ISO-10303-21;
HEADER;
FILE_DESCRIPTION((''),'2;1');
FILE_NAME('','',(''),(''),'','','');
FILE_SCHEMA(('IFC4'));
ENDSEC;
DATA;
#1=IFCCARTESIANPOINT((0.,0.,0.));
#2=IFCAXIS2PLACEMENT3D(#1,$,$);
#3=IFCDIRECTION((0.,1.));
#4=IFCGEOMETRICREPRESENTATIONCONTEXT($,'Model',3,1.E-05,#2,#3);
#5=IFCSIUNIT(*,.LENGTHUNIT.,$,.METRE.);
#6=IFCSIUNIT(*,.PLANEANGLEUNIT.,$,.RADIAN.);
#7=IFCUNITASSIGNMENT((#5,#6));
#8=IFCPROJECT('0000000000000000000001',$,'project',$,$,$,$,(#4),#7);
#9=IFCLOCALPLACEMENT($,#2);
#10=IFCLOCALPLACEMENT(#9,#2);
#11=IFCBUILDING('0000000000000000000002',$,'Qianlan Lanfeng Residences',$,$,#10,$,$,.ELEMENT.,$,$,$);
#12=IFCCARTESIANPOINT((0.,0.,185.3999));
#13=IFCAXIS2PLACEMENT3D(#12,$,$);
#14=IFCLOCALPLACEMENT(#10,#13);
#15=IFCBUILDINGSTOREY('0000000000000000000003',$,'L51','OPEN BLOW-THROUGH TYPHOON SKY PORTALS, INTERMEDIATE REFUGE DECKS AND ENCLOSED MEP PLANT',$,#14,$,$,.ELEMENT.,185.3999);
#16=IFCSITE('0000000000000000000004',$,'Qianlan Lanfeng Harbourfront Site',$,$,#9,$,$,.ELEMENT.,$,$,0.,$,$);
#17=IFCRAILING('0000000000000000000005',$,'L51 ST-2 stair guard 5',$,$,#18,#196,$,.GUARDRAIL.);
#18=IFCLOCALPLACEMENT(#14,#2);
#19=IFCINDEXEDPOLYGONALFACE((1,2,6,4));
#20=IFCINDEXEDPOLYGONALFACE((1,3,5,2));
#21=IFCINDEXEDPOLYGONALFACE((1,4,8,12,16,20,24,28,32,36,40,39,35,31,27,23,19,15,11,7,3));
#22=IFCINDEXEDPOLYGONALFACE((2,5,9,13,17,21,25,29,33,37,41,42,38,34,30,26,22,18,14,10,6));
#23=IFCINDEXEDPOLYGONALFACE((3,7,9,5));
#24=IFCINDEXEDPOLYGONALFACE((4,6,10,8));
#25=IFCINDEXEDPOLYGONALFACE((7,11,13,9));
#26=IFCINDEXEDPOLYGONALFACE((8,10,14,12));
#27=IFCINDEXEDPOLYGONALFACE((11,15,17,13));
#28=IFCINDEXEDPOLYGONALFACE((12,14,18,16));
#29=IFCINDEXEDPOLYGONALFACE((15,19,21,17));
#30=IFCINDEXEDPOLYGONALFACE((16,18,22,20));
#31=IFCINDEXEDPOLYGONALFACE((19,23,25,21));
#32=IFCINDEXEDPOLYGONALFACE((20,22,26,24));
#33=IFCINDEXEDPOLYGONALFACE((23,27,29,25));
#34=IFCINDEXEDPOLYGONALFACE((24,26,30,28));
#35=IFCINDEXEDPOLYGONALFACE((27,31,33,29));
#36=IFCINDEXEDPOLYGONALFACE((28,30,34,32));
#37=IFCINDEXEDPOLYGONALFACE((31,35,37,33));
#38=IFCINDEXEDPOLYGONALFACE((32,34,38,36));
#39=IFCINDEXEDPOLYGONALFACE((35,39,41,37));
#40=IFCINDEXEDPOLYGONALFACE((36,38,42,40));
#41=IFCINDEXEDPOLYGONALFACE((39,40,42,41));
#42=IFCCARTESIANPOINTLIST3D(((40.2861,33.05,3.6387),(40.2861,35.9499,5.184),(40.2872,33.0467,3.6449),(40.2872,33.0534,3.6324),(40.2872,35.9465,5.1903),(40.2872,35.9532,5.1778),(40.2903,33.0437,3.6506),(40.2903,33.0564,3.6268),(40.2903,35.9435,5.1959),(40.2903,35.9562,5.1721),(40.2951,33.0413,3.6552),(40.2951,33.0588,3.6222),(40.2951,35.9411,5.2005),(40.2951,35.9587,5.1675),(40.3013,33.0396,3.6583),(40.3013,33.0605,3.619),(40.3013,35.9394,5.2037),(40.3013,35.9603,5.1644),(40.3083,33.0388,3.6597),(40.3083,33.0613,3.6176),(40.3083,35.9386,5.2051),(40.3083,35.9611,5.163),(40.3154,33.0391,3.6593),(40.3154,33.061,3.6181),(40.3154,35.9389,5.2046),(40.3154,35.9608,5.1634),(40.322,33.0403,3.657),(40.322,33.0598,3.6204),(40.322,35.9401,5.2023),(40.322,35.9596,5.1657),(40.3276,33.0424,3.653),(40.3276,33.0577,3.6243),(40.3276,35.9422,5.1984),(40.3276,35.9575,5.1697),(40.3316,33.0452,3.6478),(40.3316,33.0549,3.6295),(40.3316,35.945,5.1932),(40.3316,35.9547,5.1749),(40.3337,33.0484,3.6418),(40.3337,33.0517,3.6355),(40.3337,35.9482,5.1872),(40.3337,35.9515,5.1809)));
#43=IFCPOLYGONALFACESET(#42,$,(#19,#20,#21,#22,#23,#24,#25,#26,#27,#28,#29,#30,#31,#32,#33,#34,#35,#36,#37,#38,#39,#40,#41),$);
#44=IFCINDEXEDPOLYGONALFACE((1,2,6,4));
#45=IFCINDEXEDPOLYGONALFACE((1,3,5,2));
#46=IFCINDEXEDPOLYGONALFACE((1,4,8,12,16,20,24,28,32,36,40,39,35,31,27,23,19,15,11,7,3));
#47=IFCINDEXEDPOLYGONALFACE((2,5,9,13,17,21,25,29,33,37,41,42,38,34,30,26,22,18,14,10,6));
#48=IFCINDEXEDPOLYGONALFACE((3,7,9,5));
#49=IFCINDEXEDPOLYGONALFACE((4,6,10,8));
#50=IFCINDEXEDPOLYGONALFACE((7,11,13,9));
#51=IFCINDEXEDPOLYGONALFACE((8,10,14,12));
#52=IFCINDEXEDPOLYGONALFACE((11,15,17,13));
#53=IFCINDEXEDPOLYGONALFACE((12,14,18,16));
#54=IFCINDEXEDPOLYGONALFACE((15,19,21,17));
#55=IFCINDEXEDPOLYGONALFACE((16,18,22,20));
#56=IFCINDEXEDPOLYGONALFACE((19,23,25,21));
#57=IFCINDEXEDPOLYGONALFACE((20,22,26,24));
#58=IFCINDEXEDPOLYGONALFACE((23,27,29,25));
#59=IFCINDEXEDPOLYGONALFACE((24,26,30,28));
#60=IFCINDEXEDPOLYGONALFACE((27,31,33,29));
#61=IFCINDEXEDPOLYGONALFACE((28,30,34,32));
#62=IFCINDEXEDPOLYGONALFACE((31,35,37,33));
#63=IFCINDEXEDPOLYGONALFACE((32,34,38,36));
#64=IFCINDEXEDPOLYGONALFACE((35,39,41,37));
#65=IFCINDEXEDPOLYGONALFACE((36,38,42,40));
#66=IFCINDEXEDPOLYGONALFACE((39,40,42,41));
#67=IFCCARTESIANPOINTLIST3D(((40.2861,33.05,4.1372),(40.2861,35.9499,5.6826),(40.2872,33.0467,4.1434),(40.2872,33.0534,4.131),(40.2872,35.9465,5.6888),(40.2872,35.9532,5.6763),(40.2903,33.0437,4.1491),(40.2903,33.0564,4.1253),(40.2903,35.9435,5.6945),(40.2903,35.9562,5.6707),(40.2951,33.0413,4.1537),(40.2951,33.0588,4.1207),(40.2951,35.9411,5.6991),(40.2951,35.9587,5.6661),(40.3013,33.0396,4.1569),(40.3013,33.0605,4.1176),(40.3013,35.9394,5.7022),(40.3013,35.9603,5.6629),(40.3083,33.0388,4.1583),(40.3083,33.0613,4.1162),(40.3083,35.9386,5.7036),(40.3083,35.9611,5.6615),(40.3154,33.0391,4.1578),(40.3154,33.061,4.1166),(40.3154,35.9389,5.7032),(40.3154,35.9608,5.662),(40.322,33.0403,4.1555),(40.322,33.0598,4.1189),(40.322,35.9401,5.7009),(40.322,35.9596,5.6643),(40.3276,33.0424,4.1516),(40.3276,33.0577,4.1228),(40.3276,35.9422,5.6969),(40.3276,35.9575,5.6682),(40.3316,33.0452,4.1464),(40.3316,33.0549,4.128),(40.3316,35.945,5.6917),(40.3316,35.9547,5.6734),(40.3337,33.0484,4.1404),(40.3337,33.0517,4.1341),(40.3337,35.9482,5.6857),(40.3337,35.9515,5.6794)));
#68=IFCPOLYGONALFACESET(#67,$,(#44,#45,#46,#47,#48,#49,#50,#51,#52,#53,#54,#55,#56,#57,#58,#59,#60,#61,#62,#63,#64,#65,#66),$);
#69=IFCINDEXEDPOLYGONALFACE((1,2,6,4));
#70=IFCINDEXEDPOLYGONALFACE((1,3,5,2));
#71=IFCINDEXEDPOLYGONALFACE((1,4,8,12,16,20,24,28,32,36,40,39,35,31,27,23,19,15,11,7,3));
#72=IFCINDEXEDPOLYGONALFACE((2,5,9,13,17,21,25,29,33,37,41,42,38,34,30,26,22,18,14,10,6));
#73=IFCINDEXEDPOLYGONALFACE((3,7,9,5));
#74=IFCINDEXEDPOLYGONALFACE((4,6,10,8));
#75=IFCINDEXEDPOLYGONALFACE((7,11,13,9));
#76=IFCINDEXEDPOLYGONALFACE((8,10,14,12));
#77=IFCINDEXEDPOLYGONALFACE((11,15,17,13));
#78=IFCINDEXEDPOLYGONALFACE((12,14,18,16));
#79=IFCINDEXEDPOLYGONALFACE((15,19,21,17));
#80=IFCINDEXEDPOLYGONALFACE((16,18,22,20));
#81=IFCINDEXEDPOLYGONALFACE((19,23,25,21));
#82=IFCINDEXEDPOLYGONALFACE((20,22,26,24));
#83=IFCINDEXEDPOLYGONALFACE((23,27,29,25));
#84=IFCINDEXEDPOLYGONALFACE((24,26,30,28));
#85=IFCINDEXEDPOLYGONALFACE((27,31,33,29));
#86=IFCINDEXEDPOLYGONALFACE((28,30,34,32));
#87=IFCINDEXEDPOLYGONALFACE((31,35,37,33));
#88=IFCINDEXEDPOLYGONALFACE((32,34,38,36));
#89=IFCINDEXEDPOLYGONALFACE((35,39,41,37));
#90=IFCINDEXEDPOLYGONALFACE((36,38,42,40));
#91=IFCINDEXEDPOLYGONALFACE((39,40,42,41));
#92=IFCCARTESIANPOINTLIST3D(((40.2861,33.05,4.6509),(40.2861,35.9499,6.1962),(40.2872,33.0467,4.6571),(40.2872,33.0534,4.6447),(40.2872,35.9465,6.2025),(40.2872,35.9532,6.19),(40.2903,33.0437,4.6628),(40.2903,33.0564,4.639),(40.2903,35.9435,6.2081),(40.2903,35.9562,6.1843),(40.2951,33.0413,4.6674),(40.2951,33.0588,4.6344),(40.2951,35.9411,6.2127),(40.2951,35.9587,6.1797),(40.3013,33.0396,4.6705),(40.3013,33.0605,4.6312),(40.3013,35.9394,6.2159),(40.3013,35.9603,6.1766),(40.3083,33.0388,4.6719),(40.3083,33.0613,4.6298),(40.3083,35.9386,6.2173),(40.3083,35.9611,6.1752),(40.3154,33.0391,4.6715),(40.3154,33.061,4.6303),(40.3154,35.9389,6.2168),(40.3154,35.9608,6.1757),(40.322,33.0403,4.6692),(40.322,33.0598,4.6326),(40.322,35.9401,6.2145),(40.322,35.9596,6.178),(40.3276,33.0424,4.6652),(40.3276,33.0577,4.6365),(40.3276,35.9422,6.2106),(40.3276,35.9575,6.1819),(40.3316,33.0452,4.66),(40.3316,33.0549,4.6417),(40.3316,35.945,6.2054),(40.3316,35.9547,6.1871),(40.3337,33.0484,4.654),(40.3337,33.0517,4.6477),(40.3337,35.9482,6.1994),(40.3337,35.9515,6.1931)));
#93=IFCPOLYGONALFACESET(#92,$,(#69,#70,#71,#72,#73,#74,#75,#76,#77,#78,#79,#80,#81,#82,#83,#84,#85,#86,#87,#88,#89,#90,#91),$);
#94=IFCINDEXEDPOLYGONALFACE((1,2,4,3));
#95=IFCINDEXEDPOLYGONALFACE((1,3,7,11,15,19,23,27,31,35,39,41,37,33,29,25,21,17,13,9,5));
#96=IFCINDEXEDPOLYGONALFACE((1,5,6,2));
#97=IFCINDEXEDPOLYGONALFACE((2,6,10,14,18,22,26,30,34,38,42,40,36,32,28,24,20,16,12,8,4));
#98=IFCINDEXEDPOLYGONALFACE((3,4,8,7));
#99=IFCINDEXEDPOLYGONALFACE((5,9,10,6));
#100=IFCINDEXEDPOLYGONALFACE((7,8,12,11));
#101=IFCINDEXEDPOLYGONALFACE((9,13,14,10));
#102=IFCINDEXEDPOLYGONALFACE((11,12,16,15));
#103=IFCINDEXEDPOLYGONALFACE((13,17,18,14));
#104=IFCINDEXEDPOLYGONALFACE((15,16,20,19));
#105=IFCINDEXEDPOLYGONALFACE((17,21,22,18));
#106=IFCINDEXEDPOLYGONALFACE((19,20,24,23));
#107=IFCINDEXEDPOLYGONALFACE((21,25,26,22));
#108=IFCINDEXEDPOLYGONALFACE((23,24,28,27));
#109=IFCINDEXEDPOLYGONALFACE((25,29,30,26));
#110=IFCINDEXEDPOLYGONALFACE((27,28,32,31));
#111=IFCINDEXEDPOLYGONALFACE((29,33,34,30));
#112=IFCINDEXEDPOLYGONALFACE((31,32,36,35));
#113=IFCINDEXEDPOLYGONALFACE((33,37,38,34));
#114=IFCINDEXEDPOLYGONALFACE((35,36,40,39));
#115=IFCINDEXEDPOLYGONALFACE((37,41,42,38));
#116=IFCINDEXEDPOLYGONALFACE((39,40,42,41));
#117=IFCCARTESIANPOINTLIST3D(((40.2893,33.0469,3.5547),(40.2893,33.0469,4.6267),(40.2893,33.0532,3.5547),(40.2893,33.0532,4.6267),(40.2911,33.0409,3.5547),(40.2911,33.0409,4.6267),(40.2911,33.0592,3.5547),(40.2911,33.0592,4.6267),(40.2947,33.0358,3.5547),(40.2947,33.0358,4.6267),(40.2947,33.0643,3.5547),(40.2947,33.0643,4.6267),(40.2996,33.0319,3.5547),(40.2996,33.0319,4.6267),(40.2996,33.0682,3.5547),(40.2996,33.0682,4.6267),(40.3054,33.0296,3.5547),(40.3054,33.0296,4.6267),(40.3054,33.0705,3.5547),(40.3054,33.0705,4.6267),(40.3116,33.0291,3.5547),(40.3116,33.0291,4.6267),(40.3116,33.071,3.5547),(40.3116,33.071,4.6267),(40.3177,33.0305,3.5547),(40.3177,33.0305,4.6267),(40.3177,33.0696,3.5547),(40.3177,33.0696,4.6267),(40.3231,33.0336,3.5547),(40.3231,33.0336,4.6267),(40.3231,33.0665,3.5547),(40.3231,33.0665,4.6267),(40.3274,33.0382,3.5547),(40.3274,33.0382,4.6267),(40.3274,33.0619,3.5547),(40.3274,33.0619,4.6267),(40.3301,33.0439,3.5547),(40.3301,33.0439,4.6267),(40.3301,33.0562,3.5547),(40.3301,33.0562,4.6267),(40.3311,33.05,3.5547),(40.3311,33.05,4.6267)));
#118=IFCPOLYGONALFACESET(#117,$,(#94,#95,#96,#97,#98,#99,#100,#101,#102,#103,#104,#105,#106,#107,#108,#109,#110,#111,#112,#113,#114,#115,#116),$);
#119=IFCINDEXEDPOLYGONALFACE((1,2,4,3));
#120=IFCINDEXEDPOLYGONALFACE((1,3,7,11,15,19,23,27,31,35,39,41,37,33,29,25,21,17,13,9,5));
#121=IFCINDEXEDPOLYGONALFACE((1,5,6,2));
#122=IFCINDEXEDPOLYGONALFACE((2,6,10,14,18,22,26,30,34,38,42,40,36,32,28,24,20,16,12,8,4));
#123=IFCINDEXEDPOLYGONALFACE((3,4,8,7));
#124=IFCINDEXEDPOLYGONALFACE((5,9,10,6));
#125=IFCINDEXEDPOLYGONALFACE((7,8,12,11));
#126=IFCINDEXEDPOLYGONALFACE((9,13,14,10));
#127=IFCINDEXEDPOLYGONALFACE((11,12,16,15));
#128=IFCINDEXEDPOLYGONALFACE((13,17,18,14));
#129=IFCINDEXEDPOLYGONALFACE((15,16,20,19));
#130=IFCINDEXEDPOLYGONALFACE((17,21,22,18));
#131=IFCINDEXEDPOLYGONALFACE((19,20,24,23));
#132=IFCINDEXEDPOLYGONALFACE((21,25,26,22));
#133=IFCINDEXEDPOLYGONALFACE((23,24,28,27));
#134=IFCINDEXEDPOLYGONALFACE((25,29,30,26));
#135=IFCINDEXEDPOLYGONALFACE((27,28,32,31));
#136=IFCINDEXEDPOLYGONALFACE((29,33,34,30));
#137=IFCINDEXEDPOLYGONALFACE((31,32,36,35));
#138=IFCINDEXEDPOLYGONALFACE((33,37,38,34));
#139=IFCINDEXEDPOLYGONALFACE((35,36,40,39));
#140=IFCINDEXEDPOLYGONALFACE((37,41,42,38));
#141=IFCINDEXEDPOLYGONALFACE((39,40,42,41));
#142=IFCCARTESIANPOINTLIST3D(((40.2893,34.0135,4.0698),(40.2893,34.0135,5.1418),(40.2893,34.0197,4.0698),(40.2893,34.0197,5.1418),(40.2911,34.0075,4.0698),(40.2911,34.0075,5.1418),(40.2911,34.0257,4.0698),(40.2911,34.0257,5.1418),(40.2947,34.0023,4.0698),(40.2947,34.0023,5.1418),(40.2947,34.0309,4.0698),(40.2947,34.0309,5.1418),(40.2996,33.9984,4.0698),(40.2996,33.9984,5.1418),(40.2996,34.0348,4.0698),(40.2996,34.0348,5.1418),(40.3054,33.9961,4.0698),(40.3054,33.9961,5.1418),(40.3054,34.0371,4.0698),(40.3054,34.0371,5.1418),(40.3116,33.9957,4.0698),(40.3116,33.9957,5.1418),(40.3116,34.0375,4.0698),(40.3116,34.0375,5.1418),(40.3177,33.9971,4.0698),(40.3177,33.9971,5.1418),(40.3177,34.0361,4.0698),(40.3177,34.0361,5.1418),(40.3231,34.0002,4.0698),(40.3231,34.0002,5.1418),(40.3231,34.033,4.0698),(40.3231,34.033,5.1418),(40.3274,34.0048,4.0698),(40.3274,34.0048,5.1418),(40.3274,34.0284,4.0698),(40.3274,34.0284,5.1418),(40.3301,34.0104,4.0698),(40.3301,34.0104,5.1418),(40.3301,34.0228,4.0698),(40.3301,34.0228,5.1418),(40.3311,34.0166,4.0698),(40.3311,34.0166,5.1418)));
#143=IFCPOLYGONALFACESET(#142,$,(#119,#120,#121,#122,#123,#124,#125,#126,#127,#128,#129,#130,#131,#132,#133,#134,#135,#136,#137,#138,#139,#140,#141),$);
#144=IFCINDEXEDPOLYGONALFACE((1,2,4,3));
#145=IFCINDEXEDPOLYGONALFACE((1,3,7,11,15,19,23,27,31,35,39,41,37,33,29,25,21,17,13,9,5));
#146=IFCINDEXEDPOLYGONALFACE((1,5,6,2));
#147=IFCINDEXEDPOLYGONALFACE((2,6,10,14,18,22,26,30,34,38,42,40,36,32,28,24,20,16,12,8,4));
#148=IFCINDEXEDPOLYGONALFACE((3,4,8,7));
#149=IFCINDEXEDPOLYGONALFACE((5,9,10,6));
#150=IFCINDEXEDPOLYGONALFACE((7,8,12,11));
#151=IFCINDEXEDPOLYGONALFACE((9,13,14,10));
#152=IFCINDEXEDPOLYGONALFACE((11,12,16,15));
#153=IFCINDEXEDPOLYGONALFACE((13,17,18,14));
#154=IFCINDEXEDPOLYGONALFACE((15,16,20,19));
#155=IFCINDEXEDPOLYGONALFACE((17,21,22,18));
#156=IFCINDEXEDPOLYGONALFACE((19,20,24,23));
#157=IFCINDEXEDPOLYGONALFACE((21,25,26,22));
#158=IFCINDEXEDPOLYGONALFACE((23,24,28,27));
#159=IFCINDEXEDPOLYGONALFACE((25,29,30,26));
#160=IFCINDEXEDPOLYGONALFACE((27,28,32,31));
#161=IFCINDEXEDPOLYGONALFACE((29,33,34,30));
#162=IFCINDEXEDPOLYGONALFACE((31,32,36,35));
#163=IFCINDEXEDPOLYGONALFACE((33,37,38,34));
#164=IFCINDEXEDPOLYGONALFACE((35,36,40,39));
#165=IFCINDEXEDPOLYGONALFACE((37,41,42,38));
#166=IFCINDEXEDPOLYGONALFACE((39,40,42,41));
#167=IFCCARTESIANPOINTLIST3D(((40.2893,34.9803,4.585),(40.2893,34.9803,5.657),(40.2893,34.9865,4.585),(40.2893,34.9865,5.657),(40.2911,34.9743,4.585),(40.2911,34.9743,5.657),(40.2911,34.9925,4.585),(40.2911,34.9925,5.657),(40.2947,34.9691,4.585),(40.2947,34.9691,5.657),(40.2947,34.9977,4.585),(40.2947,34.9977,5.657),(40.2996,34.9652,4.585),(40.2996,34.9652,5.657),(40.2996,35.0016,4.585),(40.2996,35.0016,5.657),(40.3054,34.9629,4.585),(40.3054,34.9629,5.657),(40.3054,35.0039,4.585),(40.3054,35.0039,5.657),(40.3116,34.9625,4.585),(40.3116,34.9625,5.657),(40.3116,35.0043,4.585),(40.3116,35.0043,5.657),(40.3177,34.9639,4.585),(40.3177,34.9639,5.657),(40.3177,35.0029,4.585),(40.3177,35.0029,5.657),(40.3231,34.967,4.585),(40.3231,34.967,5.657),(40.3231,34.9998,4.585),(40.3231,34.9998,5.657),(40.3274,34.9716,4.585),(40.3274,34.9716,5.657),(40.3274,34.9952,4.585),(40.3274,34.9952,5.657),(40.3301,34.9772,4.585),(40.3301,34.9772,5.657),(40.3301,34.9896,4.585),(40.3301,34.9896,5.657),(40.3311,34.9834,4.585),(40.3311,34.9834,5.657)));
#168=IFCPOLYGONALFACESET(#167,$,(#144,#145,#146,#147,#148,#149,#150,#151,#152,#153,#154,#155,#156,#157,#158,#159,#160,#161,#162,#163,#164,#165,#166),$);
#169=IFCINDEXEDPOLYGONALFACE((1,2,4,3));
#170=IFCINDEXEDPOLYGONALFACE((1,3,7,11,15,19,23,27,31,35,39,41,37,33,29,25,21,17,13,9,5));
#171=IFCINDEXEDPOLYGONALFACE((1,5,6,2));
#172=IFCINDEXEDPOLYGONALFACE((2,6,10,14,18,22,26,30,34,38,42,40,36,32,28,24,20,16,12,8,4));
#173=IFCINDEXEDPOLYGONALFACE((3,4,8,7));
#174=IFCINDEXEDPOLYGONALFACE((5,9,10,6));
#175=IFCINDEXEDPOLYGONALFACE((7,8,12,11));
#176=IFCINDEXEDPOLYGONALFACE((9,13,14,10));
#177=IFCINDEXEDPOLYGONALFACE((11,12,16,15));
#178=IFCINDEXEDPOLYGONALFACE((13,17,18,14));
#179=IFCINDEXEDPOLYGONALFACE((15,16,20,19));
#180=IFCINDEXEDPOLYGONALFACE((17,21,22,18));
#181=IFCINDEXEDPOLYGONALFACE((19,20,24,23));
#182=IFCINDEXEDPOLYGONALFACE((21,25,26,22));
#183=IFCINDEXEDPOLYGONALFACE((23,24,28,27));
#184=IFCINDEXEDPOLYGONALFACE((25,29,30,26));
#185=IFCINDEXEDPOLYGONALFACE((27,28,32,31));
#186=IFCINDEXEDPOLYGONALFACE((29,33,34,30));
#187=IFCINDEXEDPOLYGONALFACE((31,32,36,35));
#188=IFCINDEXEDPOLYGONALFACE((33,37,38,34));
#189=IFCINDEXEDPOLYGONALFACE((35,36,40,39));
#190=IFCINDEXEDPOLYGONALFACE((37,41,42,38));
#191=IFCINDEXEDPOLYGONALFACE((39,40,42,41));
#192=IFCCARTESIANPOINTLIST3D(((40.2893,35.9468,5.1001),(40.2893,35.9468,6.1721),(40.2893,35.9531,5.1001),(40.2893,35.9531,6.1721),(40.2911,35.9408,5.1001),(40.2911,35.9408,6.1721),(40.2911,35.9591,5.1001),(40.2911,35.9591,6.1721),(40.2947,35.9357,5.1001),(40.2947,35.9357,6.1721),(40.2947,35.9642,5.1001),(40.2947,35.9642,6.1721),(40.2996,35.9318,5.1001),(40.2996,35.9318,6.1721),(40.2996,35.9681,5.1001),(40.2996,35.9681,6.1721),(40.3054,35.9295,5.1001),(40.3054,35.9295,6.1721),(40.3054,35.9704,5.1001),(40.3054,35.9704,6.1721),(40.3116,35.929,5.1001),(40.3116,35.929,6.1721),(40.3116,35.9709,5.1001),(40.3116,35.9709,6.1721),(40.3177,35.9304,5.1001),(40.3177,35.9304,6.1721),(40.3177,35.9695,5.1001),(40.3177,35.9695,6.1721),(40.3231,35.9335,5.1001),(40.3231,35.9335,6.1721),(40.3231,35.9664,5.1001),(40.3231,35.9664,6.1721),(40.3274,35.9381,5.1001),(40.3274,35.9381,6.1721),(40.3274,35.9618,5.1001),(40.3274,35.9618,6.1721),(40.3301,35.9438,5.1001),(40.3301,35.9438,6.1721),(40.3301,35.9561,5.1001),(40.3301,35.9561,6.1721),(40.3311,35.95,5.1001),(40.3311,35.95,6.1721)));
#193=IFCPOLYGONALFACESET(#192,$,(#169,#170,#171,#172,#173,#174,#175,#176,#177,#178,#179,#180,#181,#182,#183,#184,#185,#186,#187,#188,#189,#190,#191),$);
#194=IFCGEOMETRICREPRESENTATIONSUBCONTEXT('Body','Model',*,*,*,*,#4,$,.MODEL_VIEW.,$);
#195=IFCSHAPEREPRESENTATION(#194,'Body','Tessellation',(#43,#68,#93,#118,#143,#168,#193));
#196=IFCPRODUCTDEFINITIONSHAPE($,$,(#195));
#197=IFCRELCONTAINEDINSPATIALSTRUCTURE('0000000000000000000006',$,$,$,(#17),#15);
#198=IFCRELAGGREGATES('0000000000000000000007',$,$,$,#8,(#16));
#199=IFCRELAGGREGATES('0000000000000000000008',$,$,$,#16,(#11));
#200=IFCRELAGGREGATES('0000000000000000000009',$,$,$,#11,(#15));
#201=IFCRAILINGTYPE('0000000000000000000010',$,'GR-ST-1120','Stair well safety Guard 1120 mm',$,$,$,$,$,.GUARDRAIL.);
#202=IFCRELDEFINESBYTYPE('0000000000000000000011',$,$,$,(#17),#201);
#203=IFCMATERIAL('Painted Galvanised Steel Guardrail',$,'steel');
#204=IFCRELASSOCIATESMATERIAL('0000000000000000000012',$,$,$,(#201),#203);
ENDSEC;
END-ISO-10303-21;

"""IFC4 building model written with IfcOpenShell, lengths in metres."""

from ifc_helpers import new_model, si_unit, direction, frame, origin, origin_2d, place, context, subcontext, project, spatial, circle, extrude, material, type_object, element, save


model = new_model("IFC4")

# Units and contexts
model_context = context("Model", 3, precision=1e-05, world=origin(), true_north=direction((0.0, 1.0)))
body_context = subcontext(model_context, "Body", "Model", "MODEL_VIEW")
ifc_project = project(units=[si_unit("LENGTHUNIT", "METRE"), si_unit("PLANEANGLEUNIT", "RADIAN")], contexts=[model_context])

# Site, building, storey
site_placement = place(None, origin())
site = spatial("IfcSite", under=ifc_project, at=site_placement, Name="Qianlan Lanfeng Harbourfront Site", CompositionType="ELEMENT", RefElevation=0.0)
building_placement = place(site_placement, origin())
building = spatial("IfcBuilding", under=site, at=building_placement, Name="Qianlan Lanfeng Residences", CompositionType="ELEMENT")
storey_placement = place(building_placement, frame((0.0, 0.0, 185.3999)))
storey = spatial("IfcBuildingStorey", under=building, at=storey_placement, Name="L51", Description="OPEN BLOW-THROUGH TYPHOON SKY PORTALS, INTERMEDIATE REFUGE DECKS AND ENCLOSED MEP PLANT", CompositionType="ELEMENT", Elevation=185.3999)

# Railing
ifc_material_1 = material(Name="Painted Galvanised Steel Guardrail", Category="steel")
railing_type_1 = type_object("IfcRailingType", Name="GR-ST-1120", Description="Stair well safety Guard 1120 mm", PredefinedType="GUARDRAIL", material=ifc_material_1)
railing_1_placement = place(storey_placement, frame((40.3101, 33.05, 3.5547)))
element("IfcRailing", 1, at=railing_1_placement, inside=storey, type_object=railing_type_1, Name="L51 ST-2 stair guard 5", PredefinedType="GUARDRAIL", context=body_context, shape_type="SweptSolid", body=[
    extrude(circle(Radius=0.0239, at=origin_2d()), frame((0.0, 0.0, 0.084), z_axis=(0.0, 0.882505, 0.470303), x_axis=(-1.0, 0.0, 0.0)), (0.0, 0.0, 1.0), 3.2859),
    extrude(circle(Radius=0.0239, at=origin_2d()), frame((0.0, 0.0, 0.5825), z_axis=(0.0, 0.882505, 0.470303), x_axis=(-1.0, 0.0, 0.0)), (0.0, 0.0, 1.0), 3.2859),
    extrude(circle(Radius=0.0239, at=origin_2d()), frame((0.0, 0.0, 1.0962), z_axis=(0.0, 0.882505, 0.470303), x_axis=(-1.0, 0.0, 0.0)), (0.0, 0.0, 1.0), 3.2859),
    extrude(circle(Radius=0.021, at=origin_2d()), origin(), (0.0, 0.0, 1.0), 1.072),
    extrude(circle(Radius=0.021, at=origin_2d()), frame((0.0, 0.9666, 0.5151)), (0.0, 0.0, 1.0), 1.072),
    extrude(circle(Radius=0.021, at=origin_2d()), frame((0.0, 1.9333, 1.0303)), (0.0, 0.0, 1.0), 1.072),
    extrude(circle(Radius=0.021, at=origin_2d()), frame((0.0, 2.8999, 1.5454)), (0.0, 0.0, 1.0), 1.072),
])

save(model, "model.ifc")
